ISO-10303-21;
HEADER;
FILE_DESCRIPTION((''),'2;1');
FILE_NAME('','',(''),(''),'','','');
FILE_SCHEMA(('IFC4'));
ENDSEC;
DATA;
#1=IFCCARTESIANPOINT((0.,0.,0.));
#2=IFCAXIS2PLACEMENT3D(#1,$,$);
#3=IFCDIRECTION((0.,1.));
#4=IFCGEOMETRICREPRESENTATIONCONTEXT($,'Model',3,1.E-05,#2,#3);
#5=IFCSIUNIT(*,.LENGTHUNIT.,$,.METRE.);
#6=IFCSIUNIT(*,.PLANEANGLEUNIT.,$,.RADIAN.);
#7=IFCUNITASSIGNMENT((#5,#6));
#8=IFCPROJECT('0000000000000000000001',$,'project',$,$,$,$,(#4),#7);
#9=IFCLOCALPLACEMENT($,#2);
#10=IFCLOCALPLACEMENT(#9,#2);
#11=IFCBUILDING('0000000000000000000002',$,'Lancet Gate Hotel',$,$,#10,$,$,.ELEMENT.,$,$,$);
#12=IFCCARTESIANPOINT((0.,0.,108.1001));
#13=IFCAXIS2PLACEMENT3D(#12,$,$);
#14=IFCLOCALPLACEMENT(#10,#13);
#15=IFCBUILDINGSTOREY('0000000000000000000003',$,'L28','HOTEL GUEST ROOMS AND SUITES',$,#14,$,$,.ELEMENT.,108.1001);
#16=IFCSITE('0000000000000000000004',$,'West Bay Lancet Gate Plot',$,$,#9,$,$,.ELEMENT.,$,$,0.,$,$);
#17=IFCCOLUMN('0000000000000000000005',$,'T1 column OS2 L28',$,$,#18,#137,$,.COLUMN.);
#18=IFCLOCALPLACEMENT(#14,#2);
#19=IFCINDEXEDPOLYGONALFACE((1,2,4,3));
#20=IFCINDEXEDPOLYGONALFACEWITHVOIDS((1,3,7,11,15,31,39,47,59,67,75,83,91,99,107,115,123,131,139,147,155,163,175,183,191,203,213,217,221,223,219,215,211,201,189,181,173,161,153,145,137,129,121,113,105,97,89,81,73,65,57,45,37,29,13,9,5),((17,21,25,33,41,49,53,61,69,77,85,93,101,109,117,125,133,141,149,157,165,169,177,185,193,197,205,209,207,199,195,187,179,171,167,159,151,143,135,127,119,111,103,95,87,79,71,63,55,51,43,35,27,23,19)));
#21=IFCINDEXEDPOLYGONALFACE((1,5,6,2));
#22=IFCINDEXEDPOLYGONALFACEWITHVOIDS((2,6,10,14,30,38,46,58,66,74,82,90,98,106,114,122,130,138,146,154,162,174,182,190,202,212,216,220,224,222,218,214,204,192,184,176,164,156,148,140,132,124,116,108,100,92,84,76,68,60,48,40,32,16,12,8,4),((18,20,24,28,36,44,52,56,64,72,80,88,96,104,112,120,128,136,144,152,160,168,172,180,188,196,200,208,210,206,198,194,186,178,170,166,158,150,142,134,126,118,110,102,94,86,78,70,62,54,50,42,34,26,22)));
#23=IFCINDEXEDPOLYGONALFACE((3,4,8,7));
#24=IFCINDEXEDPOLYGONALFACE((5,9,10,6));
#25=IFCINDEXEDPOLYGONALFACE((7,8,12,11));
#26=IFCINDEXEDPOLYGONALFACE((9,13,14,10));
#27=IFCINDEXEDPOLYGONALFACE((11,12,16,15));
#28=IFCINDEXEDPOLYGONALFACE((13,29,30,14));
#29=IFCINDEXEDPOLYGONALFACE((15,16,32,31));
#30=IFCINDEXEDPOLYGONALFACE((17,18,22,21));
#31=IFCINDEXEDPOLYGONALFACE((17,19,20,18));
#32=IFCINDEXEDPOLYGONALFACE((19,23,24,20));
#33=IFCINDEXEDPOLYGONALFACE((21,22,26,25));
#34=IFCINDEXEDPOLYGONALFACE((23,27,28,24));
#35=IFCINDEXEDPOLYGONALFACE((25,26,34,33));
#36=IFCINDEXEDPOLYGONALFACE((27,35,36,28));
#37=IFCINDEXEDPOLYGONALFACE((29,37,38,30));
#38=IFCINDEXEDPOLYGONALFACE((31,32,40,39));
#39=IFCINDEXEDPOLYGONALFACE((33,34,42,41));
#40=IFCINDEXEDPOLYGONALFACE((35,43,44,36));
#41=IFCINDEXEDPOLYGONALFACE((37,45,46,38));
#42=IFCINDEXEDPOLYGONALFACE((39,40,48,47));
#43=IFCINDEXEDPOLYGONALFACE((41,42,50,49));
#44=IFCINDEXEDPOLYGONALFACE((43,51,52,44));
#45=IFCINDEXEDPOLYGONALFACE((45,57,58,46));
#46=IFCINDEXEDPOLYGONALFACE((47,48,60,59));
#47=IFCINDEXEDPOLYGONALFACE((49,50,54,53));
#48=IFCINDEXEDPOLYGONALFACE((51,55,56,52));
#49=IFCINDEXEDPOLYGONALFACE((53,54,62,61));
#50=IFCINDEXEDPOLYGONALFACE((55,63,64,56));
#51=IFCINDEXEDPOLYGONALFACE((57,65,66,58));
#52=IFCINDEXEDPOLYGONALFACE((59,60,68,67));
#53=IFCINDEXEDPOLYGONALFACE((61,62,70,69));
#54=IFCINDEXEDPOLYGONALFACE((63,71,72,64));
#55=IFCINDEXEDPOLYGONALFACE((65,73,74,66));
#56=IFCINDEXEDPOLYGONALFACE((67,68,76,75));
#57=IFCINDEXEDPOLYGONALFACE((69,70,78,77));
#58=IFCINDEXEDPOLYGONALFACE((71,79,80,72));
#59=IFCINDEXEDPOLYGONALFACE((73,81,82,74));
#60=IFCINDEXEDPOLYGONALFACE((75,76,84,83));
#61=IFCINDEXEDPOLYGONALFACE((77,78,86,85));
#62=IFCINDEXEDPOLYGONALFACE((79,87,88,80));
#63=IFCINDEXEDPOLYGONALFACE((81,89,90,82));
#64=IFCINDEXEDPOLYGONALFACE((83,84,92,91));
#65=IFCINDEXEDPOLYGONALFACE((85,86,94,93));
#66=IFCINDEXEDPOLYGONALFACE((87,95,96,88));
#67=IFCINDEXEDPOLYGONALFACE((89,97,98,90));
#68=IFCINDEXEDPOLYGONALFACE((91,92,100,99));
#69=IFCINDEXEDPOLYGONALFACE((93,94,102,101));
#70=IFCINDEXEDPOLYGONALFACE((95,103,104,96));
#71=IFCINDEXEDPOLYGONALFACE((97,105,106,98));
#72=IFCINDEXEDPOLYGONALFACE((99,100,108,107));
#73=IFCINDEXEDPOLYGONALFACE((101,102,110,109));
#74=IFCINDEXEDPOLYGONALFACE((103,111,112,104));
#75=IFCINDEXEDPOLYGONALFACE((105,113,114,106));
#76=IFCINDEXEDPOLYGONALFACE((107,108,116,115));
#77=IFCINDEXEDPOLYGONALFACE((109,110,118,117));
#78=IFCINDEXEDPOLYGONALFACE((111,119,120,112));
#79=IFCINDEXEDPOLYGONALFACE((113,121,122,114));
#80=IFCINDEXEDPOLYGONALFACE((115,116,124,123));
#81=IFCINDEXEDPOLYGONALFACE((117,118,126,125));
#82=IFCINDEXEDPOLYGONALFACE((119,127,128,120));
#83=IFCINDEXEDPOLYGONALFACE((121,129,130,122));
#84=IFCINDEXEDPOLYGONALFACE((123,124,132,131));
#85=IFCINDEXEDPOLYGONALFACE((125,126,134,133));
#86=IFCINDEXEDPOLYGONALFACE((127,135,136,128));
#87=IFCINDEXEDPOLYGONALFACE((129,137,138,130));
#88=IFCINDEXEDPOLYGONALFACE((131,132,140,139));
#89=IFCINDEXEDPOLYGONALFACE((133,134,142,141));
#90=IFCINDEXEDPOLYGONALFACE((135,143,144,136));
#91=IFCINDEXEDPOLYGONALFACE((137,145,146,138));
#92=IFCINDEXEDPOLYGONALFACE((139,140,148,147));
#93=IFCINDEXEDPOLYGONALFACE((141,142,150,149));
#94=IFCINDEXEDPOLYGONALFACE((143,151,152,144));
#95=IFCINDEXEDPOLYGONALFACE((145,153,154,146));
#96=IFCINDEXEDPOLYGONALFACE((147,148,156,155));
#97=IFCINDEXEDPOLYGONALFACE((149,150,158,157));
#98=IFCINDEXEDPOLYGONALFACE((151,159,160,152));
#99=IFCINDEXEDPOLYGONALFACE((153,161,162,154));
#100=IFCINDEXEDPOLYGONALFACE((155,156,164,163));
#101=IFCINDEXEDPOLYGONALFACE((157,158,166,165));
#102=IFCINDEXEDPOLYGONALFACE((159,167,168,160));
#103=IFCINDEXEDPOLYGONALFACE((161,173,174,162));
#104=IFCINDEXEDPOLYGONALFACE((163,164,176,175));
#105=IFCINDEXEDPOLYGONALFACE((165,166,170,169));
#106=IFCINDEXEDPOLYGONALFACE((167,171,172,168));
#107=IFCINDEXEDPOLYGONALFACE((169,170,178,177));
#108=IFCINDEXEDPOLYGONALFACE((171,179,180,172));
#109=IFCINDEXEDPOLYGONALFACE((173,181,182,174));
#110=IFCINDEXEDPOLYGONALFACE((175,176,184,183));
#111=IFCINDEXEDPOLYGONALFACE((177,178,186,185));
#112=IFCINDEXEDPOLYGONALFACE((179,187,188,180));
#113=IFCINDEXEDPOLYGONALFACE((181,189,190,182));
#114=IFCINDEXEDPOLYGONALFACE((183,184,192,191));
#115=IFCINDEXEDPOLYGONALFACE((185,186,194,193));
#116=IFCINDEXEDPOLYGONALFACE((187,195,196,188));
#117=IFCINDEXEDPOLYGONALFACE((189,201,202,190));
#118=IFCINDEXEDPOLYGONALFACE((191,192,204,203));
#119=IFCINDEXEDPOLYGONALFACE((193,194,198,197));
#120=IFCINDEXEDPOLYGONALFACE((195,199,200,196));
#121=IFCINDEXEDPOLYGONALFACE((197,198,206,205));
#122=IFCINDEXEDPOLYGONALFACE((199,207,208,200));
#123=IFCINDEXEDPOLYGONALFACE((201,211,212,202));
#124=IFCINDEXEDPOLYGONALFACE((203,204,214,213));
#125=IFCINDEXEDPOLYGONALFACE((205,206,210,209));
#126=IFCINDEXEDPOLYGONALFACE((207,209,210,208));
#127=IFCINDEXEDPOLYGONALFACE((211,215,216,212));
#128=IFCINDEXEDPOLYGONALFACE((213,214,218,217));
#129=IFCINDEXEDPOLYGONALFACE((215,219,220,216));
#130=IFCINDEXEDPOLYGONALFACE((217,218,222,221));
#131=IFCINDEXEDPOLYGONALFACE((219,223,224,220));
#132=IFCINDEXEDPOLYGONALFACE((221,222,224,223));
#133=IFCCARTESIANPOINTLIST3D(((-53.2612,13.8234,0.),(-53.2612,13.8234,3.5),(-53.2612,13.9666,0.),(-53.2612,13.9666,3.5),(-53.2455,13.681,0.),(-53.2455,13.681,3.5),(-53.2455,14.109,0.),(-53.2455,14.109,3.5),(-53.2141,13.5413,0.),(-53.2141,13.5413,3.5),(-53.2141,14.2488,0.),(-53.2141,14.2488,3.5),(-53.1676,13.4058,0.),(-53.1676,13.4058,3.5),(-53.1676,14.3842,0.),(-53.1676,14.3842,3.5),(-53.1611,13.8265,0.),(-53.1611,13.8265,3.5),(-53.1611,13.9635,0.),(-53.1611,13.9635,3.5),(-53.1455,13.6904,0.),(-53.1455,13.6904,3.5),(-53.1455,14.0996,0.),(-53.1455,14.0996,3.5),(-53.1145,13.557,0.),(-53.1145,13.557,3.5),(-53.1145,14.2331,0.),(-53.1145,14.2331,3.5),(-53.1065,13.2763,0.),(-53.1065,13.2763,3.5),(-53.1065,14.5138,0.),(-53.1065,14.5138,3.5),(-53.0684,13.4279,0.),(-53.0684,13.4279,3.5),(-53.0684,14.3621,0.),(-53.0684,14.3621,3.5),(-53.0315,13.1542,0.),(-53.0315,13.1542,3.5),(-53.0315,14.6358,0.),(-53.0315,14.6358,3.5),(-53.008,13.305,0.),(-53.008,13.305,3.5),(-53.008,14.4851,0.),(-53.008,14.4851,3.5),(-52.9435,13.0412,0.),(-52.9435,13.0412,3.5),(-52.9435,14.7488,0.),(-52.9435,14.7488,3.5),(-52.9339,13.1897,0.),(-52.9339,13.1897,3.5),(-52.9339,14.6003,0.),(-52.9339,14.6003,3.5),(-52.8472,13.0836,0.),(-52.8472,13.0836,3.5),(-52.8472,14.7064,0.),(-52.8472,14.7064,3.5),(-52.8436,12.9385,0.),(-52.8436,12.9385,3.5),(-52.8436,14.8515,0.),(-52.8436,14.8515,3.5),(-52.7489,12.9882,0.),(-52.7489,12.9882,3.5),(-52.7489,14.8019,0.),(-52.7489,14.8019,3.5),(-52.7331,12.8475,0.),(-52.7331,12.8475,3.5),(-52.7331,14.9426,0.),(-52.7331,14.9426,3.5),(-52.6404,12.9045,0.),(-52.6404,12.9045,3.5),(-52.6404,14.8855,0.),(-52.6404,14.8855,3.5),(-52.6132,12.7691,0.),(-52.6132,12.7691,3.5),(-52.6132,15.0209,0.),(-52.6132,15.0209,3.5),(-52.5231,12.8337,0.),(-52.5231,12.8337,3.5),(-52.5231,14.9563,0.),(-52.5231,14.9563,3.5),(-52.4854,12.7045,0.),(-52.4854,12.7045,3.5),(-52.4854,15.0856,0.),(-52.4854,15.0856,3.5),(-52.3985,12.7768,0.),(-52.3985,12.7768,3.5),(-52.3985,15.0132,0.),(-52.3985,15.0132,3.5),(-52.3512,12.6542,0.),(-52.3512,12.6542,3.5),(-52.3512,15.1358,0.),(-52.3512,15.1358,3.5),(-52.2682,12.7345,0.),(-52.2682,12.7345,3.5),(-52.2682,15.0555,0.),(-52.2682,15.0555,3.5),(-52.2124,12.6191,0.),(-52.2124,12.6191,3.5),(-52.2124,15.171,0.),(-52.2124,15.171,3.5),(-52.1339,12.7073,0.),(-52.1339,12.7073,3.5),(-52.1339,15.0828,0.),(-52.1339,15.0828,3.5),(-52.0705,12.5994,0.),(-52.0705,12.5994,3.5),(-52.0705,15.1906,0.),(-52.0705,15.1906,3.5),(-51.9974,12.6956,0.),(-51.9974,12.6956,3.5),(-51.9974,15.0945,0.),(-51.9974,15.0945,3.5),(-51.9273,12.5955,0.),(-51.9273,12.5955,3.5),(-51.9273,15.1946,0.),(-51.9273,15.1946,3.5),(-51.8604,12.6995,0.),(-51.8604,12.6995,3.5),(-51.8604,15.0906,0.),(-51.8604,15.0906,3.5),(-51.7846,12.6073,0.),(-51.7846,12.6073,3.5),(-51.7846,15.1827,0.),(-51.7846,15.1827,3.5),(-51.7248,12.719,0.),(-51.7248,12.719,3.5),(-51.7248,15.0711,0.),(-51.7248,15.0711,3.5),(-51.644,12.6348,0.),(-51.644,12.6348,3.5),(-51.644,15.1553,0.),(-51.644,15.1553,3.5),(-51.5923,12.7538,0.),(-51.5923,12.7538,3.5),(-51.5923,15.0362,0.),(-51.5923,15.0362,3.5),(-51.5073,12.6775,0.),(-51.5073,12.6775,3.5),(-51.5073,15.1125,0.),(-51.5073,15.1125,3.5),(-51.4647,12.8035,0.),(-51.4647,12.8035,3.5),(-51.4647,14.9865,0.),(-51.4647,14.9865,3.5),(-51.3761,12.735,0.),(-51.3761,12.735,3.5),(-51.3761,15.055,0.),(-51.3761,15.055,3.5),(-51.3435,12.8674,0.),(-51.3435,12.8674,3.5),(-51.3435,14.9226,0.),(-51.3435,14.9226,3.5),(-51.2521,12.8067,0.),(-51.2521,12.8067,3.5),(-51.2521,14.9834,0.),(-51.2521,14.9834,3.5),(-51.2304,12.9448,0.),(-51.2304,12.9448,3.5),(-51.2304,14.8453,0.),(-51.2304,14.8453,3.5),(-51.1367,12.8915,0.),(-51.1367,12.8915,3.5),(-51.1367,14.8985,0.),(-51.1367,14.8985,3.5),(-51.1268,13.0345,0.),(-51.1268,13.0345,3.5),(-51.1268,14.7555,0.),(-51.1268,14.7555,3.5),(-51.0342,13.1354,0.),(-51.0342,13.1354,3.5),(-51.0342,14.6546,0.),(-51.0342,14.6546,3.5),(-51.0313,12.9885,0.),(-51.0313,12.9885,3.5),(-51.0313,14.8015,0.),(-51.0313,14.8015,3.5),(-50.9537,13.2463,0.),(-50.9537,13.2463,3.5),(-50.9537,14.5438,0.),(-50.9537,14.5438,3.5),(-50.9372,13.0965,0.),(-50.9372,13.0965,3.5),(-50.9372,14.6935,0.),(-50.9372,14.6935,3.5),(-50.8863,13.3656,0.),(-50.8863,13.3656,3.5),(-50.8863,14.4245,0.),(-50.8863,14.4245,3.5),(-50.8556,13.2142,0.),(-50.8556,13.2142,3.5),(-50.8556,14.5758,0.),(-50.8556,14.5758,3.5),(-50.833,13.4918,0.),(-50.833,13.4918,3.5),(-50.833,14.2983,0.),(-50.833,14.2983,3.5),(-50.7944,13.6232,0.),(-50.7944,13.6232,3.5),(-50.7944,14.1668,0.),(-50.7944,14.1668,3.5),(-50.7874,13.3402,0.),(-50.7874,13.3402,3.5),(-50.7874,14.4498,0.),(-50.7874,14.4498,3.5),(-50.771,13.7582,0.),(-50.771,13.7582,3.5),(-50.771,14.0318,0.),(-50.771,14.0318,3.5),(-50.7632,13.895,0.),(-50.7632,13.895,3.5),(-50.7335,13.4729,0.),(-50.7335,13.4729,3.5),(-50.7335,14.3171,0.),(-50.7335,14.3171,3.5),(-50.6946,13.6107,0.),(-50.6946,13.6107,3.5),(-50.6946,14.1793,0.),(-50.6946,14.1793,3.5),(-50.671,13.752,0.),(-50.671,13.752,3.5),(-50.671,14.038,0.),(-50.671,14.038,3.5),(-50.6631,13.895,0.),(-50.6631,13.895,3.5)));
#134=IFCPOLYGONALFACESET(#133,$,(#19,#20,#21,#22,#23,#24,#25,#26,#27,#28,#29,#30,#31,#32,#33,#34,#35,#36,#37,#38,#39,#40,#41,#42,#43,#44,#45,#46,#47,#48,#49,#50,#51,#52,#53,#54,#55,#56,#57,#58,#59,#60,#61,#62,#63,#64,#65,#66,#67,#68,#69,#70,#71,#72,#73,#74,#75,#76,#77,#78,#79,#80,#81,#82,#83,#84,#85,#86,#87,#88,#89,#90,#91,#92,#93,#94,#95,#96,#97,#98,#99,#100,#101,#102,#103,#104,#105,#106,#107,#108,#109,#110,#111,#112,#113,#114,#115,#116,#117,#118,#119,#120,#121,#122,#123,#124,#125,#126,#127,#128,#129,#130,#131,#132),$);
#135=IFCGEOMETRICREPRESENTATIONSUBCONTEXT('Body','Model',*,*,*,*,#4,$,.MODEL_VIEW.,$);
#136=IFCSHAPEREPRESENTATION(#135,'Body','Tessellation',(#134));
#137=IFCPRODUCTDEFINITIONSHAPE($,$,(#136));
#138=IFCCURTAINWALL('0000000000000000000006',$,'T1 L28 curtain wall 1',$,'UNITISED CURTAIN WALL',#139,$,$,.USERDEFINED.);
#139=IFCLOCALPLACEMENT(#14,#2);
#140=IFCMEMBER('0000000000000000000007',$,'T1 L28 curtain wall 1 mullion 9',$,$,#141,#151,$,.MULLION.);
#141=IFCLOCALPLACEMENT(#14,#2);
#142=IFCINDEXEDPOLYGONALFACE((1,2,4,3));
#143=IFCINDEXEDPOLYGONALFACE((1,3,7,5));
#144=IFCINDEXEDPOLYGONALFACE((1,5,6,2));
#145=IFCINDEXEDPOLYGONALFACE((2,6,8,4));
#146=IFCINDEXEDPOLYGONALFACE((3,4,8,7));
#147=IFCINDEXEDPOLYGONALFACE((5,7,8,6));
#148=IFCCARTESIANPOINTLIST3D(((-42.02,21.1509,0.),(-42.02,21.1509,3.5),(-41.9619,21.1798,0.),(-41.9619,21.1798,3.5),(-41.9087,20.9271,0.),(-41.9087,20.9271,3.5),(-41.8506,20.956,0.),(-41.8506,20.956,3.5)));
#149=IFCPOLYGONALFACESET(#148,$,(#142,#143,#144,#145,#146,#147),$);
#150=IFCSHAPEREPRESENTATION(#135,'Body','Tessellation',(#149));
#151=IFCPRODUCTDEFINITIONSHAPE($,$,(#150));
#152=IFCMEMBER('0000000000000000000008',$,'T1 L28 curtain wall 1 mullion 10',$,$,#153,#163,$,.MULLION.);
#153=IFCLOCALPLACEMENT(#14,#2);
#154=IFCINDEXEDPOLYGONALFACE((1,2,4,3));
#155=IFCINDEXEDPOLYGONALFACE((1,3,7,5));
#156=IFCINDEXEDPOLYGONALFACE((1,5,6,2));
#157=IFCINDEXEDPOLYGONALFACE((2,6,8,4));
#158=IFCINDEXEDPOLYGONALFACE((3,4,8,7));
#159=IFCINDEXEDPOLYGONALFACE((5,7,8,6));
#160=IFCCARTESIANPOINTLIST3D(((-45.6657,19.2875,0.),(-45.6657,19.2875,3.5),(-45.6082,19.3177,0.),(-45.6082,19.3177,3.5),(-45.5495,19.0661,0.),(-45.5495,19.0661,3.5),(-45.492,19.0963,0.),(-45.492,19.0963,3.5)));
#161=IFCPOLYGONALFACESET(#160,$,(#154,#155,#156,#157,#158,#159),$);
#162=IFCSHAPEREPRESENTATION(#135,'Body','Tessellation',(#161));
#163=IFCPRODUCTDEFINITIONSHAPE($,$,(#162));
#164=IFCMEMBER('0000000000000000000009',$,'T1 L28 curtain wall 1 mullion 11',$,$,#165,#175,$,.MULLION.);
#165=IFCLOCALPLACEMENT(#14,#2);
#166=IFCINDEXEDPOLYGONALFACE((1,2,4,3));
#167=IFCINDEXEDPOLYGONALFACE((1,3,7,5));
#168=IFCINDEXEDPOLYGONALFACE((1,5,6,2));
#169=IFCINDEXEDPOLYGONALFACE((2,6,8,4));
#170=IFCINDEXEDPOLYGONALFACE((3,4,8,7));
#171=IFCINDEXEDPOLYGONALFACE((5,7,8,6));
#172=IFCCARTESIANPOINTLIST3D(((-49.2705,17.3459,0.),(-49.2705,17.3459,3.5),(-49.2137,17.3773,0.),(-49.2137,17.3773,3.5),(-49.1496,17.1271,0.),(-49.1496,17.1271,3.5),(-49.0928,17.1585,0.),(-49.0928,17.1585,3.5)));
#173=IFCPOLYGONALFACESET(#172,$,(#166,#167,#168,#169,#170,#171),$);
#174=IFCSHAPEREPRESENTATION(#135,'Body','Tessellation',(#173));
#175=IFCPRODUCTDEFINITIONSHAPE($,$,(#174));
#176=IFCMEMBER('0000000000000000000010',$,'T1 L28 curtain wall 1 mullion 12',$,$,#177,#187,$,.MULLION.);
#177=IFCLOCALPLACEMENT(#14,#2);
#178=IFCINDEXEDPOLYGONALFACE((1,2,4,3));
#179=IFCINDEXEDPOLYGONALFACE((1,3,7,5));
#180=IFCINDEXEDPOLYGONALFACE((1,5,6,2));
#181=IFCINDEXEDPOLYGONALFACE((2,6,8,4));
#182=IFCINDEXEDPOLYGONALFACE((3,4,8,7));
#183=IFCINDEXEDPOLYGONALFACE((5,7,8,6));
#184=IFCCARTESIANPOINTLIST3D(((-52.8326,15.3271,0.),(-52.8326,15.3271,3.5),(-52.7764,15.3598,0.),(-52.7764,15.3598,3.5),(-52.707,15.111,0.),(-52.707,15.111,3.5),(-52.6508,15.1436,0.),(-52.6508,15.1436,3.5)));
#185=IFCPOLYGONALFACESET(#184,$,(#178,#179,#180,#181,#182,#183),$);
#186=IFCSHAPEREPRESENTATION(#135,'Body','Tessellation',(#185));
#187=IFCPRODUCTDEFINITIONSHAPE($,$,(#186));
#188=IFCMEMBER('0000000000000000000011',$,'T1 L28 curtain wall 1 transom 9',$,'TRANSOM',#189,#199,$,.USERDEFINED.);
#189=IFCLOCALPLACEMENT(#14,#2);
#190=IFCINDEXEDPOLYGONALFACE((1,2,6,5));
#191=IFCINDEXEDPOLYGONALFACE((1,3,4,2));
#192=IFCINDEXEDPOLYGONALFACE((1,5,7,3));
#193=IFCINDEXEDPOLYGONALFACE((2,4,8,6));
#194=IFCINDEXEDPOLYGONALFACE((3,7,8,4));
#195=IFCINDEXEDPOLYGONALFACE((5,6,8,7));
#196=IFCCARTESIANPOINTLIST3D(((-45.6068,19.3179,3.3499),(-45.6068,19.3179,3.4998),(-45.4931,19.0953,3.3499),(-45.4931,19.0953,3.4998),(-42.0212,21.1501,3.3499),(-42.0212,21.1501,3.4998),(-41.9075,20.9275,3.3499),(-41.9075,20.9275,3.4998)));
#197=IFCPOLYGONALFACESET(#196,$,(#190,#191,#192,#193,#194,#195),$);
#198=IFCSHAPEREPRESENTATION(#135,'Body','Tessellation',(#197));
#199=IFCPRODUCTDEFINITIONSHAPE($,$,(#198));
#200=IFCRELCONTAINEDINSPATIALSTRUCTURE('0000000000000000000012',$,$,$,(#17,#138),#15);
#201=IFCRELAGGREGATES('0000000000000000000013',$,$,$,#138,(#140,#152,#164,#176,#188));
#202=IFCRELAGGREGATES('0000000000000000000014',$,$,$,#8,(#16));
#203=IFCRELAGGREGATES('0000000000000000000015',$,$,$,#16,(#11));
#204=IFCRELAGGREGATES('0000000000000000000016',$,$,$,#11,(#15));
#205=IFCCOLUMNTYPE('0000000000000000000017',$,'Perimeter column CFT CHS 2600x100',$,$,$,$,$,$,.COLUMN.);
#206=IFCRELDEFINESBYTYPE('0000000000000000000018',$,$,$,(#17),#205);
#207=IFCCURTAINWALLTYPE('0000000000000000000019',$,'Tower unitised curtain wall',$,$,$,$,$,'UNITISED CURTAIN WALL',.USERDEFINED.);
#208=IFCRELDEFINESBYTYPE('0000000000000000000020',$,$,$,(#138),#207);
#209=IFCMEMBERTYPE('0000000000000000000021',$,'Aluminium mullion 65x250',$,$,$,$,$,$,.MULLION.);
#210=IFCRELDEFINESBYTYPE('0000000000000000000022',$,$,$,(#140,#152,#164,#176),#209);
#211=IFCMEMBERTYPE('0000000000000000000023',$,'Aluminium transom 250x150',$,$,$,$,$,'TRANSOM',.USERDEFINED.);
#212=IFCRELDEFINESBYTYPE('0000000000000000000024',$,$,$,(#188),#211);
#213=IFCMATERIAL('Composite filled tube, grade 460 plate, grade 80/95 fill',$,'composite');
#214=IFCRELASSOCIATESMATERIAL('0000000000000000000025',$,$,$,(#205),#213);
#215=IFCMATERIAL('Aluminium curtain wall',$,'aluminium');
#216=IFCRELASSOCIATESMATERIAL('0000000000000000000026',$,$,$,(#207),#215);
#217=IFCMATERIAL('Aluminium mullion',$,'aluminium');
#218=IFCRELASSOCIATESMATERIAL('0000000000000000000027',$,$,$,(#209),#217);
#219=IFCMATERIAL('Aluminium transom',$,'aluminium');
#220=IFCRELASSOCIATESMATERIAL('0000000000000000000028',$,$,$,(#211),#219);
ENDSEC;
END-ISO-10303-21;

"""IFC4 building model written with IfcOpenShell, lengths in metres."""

from ifc_helpers import new_model, si_unit, direction, frame, origin, origin_2d, place, context, subcontext, project, spatial, rectangle, hollow_circle, extrude, material, material_profile, profile_set, type_object, element, aggregate, save


model = new_model("IFC4")

# Units and contexts
model_context = context("Model", 3, precision=1e-05, world=origin(), true_north=direction((0.0, 1.0)))
body_context = subcontext(model_context, "Body", "Model", "MODEL_VIEW")
ifc_project = project(units=[si_unit("LENGTHUNIT", "METRE"), si_unit("PLANEANGLEUNIT", "RADIAN")], contexts=[model_context])

# Site, building, storey
site_placement = place(None, origin())
site = spatial("IfcSite", under=ifc_project, at=site_placement, Name="West Bay Lancet Gate Plot", CompositionType="ELEMENT", RefElevation=0.0)
building_placement = place(site_placement, origin())
building = spatial("IfcBuilding", under=site, at=building_placement, Name="Lancet Gate Hotel", CompositionType="ELEMENT")
storey_placement = place(building_placement, frame((0.0, 0.0, 108.1001)))
storey = spatial("IfcBuildingStorey", under=building, at=storey_placement, Name="L28", Description="HOTEL GUEST ROOMS AND SUITES", CompositionType="ELEMENT", Elevation=108.1001)

# Column
ifc_material_1 = material(Name="Composite filled tube, grade 460 plate, grade 80/95 fill", Category="composite")
ifc_material_profile_1 = material_profile(ifc_material_1, hollow_circle(Radius=1.3, WallThickness=0.1001, at=origin_2d()), Name="CHS 2600x100")
ifc_profile_set_1 = profile_set([ifc_material_profile_1], Name="Composite filled tube, grade 460 plate, grade 80/95 fill")
column_type = type_object("IfcColumnType", Name="Perimeter column CFT CHS 2600x100", PredefinedType="COLUMN", material=ifc_profile_set_1)
for number, where, z_axis, x_axis, name in (
    (1, (-51.9631, 13.895, 0.0), (0.0, 0.0, 1.0), (1.0, 0.0, 0.0), "T1 column OS2 L28"),
):
    element("IfcColumn", number, at=place(storey_placement, frame(where, z_axis=z_axis, x_axis=x_axis)), inside=storey, type_object=column_type, Name=name, PredefinedType="COLUMN", context=body_context, shape_type="SweptSolid", body=[
        extrude(hollow_circle(Radius=1.3, WallThickness=0.1001, at=origin_2d()), origin(), (0.0, 0.0, 1.0), 3.5),
    ])

# Curtain wall, members
ifc_material_2 = material(Name="Aluminium curtain wall", Category="aluminium")
curtain_wall_type = type_object("IfcCurtainWallType", Name="Tower unitised curtain wall", ElementType="UNITISED CURTAIN WALL", PredefinedType="USERDEFINED", material=ifc_material_2)
curtain_wall_placement = place(storey_placement, origin())
curtain_wall = element("IfcCurtainWall", 2, at=curtain_wall_placement, inside=storey, type_object=curtain_wall_type, Name="T1 L28 curtain wall 1", ObjectType="UNITISED CURTAIN WALL", PredefinedType="USERDEFINED")
ifc_material_3 = material(Name="Aluminium mullion", Category="aluminium")
ifc_material_profile_2 = material_profile(ifc_material_3, rectangle(XDim=0.0649, YDim=0.25, at=origin_2d()), Name="MULLION 65x250")
ifc_profile_set_2 = profile_set([ifc_material_profile_2], Name="Aluminium mullion")
member_type_1 = type_object("IfcMemberType", Name="Aluminium mullion 65x250", PredefinedType="MULLION", material=ifc_profile_set_2)
member_1_placement = place(storey_placement, frame((-41.9353, 21.0535, 0.0), z_axis=(0.0, 0.0, 1.0), x_axis=(-0.895339, -0.445384, 0.0)))
member_1 = element("IfcMember", 3, at=member_1_placement, type_object=member_type_1, Name="T1 L28 curtain wall 1 mullion 9", PredefinedType="MULLION", context=body_context, shape_type="SweptSolid", body=[
    extrude(rectangle(XDim=0.0649, YDim=0.25, at=origin_2d()), origin(), (0.0, 0.0, 1.0), 3.5),
])
member_2_placement = place(storey_placement, frame((-45.5789, 19.1919, 0.0), z_axis=(0.0, 0.0, 1.0), x_axis=(-0.885544, -0.464555, 0.0)))
member_2 = element("IfcMember", 4, at=member_2_placement, type_object=member_type_1, Name="T1 L28 curtain wall 1 mullion 10", PredefinedType="MULLION", context=body_context, shape_type="SweptSolid", body=[
    extrude(rectangle(XDim=0.0649, YDim=0.25, at=origin_2d()), origin(), (0.0, 0.0, 1.0), 3.5),
])
member_3_placement = place(storey_placement, frame((-49.1816, 17.2522, 0.0), z_axis=(0.0, 0.0, 1.0), x_axis=(-0.875339, -0.48351, 0.0)))
member_3 = element("IfcMember", 5, at=member_3_placement, type_object=member_type_1, Name="T1 L28 curtain wall 1 mullion 11", PredefinedType="MULLION", context=body_context, shape_type="SweptSolid", body=[
    extrude(rectangle(XDim=0.0649, YDim=0.25, at=origin_2d()), origin(), (0.0, 0.0, 1.0), 3.5),
])
member_4_placement = place(storey_placement, frame((-52.7417, 15.2354, 0.0), z_axis=(0.0, 0.0, 1.0), x_axis=(-0.864728, -0.502241, 0.0)))
member_4 = element("IfcMember", 6, at=member_4_placement, type_object=member_type_1, Name="T1 L28 curtain wall 1 mullion 12", PredefinedType="MULLION", context=body_context, shape_type="SweptSolid", body=[
    extrude(rectangle(XDim=0.0649, YDim=0.25, at=origin_2d()), origin(), (0.0, 0.0, 1.0), 3.5),
])
ifc_material_4 = material(Name="Aluminium transom", Category="aluminium")
ifc_material_profile_3 = material_profile(ifc_material_4, rectangle(XDim=0.25, YDim=0.1499, at=origin_2d()), Name="TRANSOM 250x150")
ifc_profile_set_3 = profile_set([ifc_material_profile_3], Name="Aluminium transom")
member_type_2 = type_object("IfcMemberType", Name="Aluminium transom 250x150", ElementType="TRANSOM", PredefinedType="USERDEFINED", material=ifc_profile_set_3)
member_5_placement = place(storey_placement, frame((-41.9644, 21.0388, 3.4248), z_axis=(-0.890476, -0.45503, 0.0), x_axis=(0.45503, -0.890476, 0.0)))
member_5 = element("IfcMember", 7, at=member_5_placement, type_object=member_type_2, Name="T1 L28 curtain wall 1 transom 9", ObjectType="TRANSOM", PredefinedType="USERDEFINED", context=body_context, shape_type="SweptSolid", body=[
    extrude(rectangle(XDim=0.25, YDim=0.1499, at=origin_2d()), origin(), (0.0, 0.0, 1.0), 4.0266),
])

aggregate(curtain_wall, [member_1, member_2, member_3, member_4, member_5])

save(model, "model.ifc")
